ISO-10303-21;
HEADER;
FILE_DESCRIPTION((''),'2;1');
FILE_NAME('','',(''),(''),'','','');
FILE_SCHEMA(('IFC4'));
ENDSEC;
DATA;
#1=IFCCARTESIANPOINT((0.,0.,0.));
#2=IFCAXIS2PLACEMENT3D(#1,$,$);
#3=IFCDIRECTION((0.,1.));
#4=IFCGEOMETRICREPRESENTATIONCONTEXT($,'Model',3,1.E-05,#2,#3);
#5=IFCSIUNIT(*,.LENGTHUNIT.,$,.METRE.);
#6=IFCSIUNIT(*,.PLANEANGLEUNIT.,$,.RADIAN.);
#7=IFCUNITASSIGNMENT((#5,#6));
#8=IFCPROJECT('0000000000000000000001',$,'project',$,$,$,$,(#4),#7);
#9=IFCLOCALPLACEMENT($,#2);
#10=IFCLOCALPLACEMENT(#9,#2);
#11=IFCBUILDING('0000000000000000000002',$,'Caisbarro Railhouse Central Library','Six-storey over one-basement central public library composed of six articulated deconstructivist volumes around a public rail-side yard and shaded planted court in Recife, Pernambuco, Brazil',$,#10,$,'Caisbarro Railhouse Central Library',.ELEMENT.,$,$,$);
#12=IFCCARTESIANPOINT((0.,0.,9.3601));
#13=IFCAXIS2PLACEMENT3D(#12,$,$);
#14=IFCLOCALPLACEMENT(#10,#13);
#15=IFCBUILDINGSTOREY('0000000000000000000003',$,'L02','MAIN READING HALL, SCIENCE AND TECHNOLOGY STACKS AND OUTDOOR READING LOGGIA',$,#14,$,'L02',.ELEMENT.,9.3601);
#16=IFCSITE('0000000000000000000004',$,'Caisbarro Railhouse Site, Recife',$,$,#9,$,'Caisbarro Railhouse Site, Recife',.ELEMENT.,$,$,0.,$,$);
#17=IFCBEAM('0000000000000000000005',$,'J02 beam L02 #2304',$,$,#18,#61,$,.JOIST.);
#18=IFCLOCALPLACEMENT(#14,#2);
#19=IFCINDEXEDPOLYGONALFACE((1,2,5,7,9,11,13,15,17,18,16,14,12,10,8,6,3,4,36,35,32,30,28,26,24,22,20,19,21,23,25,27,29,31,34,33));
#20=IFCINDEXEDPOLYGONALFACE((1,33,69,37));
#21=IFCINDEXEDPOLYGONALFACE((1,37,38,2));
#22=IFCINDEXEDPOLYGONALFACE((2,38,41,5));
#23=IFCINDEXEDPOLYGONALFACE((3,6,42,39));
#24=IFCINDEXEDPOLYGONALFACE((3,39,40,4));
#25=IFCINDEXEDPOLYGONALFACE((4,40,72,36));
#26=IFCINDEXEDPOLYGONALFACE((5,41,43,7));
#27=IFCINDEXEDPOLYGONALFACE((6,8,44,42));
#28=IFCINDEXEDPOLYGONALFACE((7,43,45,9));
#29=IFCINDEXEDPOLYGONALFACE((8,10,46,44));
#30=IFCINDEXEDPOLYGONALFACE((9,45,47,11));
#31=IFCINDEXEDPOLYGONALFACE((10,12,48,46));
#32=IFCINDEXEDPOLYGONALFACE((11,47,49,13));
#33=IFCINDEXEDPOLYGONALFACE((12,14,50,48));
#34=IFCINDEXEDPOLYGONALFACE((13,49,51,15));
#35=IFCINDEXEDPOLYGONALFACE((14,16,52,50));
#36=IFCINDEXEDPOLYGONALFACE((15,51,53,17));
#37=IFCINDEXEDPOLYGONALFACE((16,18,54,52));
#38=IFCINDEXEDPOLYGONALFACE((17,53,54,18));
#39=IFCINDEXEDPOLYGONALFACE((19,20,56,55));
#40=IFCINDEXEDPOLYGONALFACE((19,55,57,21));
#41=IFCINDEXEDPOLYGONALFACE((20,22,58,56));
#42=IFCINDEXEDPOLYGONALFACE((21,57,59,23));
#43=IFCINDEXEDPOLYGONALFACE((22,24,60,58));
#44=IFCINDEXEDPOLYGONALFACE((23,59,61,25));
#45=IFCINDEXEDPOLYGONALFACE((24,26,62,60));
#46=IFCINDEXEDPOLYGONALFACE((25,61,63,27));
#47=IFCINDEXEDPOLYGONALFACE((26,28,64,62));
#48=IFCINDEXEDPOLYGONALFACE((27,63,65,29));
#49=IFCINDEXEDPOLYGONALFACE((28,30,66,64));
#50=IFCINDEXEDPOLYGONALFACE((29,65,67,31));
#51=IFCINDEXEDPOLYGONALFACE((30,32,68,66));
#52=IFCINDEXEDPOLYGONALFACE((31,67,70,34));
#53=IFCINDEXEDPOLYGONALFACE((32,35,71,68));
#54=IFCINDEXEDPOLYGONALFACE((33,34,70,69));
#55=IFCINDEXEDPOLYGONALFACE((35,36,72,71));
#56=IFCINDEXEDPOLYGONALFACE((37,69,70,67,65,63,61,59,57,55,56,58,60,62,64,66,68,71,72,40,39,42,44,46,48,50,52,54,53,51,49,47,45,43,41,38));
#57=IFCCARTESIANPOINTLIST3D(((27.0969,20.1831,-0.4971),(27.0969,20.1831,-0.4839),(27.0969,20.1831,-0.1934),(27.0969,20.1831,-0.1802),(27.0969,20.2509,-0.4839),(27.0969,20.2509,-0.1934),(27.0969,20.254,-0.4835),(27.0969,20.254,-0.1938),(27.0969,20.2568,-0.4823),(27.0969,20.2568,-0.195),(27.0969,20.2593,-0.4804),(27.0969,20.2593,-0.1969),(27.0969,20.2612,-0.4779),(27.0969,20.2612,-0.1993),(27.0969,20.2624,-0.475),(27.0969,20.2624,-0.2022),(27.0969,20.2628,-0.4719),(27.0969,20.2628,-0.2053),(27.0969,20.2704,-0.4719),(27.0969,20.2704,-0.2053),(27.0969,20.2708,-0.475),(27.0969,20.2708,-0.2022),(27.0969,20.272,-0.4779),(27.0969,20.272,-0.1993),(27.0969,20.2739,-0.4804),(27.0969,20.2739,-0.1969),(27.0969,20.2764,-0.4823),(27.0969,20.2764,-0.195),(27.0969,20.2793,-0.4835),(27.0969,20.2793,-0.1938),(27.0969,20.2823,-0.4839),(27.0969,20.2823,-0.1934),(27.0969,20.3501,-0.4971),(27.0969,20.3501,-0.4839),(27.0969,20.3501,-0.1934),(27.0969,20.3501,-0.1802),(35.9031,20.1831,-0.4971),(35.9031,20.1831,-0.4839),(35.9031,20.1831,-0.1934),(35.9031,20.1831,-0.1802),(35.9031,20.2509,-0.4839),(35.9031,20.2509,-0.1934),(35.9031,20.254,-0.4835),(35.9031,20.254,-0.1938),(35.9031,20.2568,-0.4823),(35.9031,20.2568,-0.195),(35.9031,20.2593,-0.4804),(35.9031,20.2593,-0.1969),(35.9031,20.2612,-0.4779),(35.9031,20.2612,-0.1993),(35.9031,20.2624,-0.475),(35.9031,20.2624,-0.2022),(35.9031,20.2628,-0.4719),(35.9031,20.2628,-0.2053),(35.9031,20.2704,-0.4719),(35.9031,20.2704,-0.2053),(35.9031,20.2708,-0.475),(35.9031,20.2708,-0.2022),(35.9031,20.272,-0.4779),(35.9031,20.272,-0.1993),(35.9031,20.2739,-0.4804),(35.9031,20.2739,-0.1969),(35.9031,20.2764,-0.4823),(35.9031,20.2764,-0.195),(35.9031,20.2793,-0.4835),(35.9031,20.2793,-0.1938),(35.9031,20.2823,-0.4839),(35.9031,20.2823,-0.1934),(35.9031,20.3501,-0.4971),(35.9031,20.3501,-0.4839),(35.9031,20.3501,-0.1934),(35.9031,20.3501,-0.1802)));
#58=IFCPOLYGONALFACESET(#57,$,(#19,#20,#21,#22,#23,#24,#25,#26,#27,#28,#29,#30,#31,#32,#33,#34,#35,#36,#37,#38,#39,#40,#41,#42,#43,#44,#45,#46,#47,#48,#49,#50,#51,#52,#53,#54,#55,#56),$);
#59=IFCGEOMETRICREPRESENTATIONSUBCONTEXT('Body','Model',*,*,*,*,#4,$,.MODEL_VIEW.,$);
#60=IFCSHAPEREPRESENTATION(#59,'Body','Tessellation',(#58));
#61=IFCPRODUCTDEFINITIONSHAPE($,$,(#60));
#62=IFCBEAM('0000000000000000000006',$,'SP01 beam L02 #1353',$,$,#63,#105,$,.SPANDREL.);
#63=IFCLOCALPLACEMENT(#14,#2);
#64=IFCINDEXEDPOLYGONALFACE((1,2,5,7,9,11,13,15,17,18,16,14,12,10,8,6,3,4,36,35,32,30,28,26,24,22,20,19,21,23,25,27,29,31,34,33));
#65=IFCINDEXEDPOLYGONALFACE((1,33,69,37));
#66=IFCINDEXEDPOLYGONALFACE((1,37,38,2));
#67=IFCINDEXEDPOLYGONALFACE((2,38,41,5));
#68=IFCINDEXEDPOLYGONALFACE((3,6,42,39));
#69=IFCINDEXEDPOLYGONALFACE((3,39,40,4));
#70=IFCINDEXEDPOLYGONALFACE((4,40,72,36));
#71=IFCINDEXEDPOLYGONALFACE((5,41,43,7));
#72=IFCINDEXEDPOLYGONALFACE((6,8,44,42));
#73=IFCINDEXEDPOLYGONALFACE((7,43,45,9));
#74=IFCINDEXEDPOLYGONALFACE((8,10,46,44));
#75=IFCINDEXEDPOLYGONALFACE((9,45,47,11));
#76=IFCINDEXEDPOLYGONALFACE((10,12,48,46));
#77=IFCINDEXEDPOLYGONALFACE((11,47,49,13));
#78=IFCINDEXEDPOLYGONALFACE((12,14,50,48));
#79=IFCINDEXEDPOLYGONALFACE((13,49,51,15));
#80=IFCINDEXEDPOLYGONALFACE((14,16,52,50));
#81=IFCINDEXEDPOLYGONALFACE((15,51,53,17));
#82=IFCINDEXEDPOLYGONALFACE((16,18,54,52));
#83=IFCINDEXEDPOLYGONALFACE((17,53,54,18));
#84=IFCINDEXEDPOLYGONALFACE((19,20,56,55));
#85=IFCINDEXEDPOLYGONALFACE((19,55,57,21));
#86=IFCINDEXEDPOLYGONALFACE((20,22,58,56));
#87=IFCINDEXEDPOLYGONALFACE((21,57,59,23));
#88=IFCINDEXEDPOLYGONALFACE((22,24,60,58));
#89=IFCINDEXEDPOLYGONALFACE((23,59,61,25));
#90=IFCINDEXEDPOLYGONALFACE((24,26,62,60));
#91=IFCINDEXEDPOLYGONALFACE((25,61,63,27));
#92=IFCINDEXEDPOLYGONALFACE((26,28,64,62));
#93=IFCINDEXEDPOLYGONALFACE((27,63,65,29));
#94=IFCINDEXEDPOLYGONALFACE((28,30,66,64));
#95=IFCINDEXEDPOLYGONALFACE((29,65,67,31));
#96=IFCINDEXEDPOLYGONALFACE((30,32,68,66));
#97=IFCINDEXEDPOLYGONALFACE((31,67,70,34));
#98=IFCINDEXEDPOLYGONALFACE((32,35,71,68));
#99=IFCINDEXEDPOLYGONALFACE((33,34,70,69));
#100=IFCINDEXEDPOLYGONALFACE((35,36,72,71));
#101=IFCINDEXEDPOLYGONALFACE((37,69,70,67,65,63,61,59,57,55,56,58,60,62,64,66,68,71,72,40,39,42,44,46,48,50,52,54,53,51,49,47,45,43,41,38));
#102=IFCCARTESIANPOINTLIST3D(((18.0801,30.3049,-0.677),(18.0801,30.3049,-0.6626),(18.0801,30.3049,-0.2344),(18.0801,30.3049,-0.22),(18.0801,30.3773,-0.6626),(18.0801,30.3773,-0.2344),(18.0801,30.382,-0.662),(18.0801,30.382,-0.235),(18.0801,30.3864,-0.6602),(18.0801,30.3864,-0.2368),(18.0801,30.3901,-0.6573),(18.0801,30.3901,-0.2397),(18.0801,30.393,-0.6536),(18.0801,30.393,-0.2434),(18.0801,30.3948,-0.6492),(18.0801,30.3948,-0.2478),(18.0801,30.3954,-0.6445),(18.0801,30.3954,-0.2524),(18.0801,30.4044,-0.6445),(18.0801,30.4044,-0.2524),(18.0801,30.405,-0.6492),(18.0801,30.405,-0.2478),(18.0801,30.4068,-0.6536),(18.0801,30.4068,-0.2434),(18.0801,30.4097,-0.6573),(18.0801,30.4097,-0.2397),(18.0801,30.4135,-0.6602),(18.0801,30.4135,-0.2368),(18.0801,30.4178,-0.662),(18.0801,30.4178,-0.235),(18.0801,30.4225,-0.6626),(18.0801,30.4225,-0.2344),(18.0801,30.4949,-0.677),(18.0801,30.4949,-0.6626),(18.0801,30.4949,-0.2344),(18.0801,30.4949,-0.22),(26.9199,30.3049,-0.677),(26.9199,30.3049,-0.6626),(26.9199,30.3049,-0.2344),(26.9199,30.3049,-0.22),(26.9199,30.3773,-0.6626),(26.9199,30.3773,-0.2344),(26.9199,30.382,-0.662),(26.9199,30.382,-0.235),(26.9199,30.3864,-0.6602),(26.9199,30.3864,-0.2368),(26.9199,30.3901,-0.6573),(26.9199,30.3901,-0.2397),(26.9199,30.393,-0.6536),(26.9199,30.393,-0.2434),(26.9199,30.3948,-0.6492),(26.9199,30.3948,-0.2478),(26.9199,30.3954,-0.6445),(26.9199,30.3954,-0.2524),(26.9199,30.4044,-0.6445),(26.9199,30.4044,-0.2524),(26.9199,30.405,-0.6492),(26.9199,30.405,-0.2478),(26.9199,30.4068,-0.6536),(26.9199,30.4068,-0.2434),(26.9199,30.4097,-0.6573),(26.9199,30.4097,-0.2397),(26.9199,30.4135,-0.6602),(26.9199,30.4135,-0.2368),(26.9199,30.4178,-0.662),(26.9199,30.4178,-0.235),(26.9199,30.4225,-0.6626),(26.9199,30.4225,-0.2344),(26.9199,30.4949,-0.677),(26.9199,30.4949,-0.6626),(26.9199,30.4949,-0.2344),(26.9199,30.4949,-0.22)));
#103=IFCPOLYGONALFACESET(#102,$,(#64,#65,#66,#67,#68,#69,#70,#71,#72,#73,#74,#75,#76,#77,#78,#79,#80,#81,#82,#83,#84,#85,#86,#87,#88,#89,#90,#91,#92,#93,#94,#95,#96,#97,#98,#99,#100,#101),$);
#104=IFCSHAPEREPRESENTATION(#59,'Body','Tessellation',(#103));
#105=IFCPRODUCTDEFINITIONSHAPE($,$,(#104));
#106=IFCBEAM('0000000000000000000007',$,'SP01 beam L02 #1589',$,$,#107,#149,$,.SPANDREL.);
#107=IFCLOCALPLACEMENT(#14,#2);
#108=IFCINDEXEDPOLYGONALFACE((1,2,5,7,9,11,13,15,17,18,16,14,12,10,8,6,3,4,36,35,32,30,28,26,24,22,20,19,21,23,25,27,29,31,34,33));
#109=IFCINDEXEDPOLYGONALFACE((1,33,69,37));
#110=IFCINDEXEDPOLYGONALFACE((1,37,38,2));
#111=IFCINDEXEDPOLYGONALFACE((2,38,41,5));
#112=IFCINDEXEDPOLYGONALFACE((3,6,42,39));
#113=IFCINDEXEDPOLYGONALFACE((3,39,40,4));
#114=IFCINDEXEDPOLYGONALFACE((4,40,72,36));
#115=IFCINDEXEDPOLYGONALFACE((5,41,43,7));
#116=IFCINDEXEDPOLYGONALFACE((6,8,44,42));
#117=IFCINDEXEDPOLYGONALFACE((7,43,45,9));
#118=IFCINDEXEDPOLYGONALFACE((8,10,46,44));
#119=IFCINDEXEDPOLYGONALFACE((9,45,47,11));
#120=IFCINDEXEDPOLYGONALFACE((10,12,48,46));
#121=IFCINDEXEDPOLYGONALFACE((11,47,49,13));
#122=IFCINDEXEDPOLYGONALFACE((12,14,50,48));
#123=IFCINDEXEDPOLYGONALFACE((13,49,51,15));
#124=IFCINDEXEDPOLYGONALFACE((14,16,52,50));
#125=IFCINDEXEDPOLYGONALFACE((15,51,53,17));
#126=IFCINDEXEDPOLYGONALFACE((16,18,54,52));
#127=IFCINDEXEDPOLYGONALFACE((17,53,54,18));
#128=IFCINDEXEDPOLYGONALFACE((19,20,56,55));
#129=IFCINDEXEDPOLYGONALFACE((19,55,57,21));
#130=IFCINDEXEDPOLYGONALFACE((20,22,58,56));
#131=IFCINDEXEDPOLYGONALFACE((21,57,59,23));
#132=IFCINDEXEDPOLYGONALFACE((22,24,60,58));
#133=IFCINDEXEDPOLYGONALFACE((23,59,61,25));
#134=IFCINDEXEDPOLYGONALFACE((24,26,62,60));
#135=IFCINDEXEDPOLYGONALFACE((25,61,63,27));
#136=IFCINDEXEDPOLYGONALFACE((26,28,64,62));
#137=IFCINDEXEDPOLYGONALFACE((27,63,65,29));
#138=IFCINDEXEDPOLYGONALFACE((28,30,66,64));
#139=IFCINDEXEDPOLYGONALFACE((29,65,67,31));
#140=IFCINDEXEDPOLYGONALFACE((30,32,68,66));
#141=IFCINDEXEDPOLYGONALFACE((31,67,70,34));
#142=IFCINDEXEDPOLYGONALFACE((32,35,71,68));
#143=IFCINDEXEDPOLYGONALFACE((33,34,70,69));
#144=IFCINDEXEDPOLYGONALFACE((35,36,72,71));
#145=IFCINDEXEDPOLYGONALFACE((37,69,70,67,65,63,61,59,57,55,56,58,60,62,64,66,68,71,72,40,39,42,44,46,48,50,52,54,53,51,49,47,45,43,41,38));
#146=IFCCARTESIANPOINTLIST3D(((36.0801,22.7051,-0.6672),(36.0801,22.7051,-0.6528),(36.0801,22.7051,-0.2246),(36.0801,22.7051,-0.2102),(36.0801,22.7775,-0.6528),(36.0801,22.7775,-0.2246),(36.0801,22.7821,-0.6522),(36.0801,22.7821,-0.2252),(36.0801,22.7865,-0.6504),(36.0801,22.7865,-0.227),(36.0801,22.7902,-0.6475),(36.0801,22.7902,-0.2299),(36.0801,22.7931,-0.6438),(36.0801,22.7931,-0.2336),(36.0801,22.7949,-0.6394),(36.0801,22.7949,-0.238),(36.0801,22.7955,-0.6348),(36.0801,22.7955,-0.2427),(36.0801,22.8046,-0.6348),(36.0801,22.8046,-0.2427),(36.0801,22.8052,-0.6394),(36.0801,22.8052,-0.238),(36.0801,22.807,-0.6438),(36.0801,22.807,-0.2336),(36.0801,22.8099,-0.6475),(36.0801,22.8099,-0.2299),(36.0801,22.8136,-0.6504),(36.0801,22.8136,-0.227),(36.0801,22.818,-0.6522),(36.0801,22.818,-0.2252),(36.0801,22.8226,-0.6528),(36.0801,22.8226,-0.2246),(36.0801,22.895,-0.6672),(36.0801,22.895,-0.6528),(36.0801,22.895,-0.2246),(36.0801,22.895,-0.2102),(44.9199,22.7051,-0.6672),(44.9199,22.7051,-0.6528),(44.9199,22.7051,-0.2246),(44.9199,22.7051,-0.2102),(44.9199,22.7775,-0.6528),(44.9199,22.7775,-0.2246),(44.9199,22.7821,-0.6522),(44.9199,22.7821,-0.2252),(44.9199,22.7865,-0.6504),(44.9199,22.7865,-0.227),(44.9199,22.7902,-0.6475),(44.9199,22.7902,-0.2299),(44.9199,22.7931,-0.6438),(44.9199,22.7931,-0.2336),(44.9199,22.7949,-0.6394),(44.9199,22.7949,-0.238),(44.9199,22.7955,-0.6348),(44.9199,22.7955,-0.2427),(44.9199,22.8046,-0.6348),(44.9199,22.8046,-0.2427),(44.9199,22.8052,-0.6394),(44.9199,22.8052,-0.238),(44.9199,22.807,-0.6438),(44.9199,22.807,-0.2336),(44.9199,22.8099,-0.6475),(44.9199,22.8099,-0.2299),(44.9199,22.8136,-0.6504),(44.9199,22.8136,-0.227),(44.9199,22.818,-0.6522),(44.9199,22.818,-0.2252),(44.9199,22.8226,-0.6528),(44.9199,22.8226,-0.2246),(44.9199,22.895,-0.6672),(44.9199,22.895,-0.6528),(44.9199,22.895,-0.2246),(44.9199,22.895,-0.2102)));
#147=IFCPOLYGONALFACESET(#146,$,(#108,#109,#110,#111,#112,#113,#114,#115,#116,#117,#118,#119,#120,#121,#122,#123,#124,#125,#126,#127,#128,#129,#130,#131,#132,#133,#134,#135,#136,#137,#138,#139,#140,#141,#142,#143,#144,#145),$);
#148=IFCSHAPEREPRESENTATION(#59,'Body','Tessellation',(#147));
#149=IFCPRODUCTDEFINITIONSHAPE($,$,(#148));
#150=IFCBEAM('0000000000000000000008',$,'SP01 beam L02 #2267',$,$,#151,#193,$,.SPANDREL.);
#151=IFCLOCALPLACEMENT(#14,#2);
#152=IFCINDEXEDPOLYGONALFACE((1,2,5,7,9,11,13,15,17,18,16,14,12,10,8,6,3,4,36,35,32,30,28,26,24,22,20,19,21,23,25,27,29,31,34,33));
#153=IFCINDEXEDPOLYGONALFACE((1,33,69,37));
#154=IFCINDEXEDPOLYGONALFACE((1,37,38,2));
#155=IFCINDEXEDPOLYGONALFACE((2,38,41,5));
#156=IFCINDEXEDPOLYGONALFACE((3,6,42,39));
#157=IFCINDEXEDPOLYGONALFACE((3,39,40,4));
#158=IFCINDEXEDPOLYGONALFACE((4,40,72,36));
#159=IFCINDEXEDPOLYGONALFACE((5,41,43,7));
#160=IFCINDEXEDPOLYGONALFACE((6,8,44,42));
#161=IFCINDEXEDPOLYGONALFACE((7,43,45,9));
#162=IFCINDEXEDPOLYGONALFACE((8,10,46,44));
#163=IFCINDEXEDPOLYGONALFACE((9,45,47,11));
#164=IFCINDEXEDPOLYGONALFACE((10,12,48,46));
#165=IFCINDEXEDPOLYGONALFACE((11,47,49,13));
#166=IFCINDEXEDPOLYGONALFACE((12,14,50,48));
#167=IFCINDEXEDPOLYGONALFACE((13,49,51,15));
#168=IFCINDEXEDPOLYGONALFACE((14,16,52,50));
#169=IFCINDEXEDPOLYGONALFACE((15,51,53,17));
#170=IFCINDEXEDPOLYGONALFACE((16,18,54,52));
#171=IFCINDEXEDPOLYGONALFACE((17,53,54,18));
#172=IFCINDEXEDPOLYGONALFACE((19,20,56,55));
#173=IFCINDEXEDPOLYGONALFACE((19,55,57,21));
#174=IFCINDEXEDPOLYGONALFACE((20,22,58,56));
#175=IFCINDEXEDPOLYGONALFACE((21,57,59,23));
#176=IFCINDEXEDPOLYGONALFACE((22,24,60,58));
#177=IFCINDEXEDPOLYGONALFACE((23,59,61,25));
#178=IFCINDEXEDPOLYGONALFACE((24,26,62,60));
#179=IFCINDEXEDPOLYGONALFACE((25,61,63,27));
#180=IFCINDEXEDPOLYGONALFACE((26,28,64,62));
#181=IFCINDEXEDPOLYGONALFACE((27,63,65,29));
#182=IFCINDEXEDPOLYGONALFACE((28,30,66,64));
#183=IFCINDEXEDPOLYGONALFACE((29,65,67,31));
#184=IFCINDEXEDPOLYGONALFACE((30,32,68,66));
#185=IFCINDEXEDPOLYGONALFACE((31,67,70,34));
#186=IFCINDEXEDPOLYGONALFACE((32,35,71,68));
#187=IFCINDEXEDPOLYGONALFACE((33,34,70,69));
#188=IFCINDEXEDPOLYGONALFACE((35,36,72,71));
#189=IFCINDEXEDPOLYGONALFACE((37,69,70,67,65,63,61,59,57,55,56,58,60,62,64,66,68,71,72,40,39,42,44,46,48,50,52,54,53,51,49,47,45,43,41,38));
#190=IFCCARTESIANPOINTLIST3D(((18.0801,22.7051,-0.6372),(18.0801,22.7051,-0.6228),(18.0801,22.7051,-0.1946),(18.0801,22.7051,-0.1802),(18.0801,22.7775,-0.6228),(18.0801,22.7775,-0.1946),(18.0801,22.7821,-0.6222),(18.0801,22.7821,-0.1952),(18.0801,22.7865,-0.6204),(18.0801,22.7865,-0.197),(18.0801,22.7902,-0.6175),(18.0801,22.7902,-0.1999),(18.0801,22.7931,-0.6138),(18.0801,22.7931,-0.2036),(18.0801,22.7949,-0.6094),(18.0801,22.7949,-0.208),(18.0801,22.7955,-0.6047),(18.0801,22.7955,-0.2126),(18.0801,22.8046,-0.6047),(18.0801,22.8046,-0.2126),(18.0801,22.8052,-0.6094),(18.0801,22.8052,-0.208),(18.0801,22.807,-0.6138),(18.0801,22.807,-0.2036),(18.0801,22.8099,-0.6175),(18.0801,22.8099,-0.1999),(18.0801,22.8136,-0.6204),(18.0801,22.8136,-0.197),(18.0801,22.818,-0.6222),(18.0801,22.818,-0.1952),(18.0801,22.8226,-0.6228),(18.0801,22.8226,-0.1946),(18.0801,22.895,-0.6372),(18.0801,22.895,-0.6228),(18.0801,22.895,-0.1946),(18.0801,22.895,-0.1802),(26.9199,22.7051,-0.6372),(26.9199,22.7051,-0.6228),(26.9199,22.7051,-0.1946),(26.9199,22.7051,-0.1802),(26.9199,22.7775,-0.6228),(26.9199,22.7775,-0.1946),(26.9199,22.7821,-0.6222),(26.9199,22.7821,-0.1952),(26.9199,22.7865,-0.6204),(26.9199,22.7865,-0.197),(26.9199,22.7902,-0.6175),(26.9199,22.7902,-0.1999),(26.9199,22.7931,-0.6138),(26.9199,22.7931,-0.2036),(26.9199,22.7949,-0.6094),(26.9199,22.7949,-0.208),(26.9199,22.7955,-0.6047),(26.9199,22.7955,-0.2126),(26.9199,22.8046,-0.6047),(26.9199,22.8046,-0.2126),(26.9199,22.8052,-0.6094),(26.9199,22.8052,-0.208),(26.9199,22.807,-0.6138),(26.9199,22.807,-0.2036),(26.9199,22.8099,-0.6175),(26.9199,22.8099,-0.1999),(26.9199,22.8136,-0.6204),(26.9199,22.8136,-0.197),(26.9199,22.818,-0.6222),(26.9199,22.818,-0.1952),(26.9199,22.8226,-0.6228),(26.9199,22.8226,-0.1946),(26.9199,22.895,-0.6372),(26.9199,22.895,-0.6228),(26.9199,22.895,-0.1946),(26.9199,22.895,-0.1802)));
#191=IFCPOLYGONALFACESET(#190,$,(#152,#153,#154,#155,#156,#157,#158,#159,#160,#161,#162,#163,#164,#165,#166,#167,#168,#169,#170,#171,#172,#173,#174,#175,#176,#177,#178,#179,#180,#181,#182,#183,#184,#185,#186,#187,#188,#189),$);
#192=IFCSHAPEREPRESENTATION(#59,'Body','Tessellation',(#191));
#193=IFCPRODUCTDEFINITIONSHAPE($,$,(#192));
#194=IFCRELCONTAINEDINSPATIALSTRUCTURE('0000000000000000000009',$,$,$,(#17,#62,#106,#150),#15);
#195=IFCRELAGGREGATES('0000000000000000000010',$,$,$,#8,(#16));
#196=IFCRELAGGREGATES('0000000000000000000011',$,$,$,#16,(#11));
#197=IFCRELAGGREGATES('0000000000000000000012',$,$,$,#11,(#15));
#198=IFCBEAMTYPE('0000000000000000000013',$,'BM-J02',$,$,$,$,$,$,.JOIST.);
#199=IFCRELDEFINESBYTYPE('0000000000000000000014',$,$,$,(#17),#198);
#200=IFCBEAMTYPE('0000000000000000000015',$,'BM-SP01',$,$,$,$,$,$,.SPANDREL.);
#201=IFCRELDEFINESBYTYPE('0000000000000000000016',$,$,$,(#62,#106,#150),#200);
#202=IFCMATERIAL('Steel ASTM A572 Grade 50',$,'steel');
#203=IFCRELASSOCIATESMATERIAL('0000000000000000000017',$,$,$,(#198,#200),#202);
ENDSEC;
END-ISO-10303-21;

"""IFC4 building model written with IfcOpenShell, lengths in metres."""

from ifc_helpers import new_model, si_unit, direction, frame, origin, origin_2d, place, context, subcontext, project, spatial, i_section, extrude, material, material_profile, profile_set, type_object, element, save


model = new_model("IFC4")

# Units and contexts
model_context = context("Model", 3, precision=1e-05, world=origin(), true_north=direction((0.0, 1.0)))
body_context = subcontext(model_context, "Body", "Model", "MODEL_VIEW")
ifc_project = project(units=[si_unit("LENGTHUNIT", "METRE"), si_unit("PLANEANGLEUNIT", "RADIAN")], contexts=[model_context])

# Site, building, storey
site_placement = place(None, origin())
site = spatial("IfcSite", under=ifc_project, at=site_placement, Name="Caisbarro Railhouse Site, Recife", LongName="Caisbarro Railhouse Site, Recife", CompositionType="ELEMENT", RefElevation=0.0)
building_placement = place(site_placement, origin())
building = spatial("IfcBuilding", under=site, at=building_placement, Name="Caisbarro Railhouse Central Library", Description="Six-storey over one-basement central public library composed of six articulated deconstructivist volumes around a public rail-side yard and shaded planted court in Recife, Pernambuco, Brazil", LongName="Caisbarro Railhouse Central Library", CompositionType="ELEMENT")
storey_placement = place(building_placement, frame((0.0, 0.0, 9.3601)))
storey = spatial("IfcBuildingStorey", under=building, at=storey_placement, Name="L02", Description="MAIN READING HALL, SCIENCE AND TECHNOLOGY STACKS AND OUTDOOR READING LOGGIA", LongName="L02", CompositionType="ELEMENT", Elevation=9.3601)

# Shared definitions
ifc_material_1 = material(Name="Steel ASTM A572 Grade 50", Category="steel")

# Beams
ifc_material_profile_1 = material_profile(ifc_material_1, i_section(OverallWidth=0.167, OverallDepth=0.3169, WebThickness=0.0076, FlangeThickness=0.0132, FilletRadius=0.012, at=origin_2d()), Name="W310X52.0")
ifc_profile_set_1 = profile_set([ifc_material_profile_1], Name="Steel ASTM A572 Grade 50")
beam_type_1 = type_object("IfcBeamType", Name="BM-J02", PredefinedType="JOIST", material=ifc_profile_set_1)
for number, where, z_axis, x_axis, name in (
    (1, (27.0969, 20.2666, -0.3386), (1.0, 0.0, 0.0), (0.0, 1.0, 0.0), "J02 beam L02 #2304"),
):
    element("IfcBeam", number, at=place(storey_placement, frame(where, z_axis=z_axis, x_axis=x_axis)), inside=storey, type_object=beam_type_1, Name=name, PredefinedType="JOIST", context=body_context, shape_type="SweptSolid", body=[
        extrude(i_section(OverallWidth=0.167, OverallDepth=0.3169, WebThickness=0.0076, FlangeThickness=0.0132, FilletRadius=0.012, at=origin_2d()), origin(), (0.0, 0.0, 1.0), 8.8062),
    ])
ifc_material_profile_2 = material_profile(ifc_material_1, i_section(OverallWidth=0.1899, OverallDepth=0.457, WebThickness=0.009, FlangeThickness=0.0144, FilletRadius=0.0181, at=origin_2d()), Name="W460X74.0")
ifc_profile_set_2 = profile_set([ifc_material_profile_2], Name="Steel ASTM A572 Grade 50")
beam_type_2 = type_object("IfcBeamType", Name="BM-SP01", PredefinedType="SPANDREL", material=ifc_profile_set_2)
for number, where, z_axis, x_axis, name in (
    (2, (18.0801, 30.3999, -0.4485), (1.0, 0.0, 0.0), (0.0, 1.0, 0.0), "SP01 beam L02 #1353"),
    (3, (36.0801, 22.8, -0.4387), (1.0, 0.0, 0.0), (0.0, 1.0, 0.0), "SP01 beam L02 #1589"),
    (4, (18.0801, 22.8, -0.4087), (1.0, 0.0, 0.0), (0.0, 1.0, 0.0), "SP01 beam L02 #2267"),
):
    element("IfcBeam", number, at=place(storey_placement, frame(where, z_axis=z_axis, x_axis=x_axis)), inside=storey, type_object=beam_type_2, Name=name, PredefinedType="SPANDREL", context=body_context, shape_type="SweptSolid", body=[
        extrude(i_section(OverallWidth=0.1899, OverallDepth=0.457, WebThickness=0.009, FlangeThickness=0.0144, FilletRadius=0.0181, at=origin_2d()), origin(), (0.0, 0.0, 1.0), 8.8398),
    ])

save(model, "model.ifc")
